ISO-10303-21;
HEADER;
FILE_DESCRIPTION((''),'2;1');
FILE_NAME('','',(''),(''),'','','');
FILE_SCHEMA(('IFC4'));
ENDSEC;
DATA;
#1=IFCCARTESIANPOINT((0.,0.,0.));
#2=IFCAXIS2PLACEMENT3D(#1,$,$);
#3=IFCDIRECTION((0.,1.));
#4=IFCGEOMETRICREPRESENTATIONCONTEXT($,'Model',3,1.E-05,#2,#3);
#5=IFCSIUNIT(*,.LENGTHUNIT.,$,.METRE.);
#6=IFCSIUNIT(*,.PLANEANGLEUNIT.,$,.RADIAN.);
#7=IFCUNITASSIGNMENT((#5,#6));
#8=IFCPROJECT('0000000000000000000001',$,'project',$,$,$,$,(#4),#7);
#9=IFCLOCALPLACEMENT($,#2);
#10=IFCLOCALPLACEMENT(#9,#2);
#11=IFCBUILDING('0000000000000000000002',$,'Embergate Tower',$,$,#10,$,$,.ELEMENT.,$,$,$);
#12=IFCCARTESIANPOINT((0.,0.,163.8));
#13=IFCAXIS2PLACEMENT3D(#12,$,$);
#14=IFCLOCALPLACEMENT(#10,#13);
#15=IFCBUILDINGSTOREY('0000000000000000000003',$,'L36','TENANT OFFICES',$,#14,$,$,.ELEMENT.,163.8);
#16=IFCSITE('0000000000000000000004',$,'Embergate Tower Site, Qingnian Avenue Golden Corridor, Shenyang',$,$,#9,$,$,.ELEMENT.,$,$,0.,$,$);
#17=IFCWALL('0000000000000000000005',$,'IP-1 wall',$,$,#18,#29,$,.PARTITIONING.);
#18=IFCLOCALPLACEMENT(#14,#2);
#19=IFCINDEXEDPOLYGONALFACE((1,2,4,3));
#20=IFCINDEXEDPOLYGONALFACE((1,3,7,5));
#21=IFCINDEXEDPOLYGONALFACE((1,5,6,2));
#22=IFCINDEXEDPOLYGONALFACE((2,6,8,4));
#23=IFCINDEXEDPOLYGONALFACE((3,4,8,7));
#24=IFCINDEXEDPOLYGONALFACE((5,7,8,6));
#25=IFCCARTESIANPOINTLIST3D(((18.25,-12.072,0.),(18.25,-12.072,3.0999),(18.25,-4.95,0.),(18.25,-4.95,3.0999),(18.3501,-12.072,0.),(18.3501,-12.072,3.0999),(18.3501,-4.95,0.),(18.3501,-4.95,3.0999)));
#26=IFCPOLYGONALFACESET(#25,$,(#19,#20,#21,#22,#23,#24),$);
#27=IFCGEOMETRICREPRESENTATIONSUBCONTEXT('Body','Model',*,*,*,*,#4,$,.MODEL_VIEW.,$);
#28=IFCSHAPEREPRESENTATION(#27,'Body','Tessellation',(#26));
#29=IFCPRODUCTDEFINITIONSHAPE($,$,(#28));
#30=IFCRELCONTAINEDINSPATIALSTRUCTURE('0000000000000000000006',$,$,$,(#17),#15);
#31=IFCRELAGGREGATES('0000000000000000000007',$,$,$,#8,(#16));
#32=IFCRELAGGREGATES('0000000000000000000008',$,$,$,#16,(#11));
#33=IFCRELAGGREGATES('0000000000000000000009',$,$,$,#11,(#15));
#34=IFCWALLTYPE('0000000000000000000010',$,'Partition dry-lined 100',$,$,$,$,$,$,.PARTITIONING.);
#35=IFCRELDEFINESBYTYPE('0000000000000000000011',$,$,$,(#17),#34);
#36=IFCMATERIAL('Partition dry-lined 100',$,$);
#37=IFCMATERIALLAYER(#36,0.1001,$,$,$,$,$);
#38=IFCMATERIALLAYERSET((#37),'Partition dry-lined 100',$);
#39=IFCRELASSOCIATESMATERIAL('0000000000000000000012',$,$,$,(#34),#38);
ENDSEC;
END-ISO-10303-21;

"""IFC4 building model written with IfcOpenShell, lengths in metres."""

from ifc_helpers import new_model, si_unit, direction, frame, frame_2d, origin, place, context, subcontext, project, spatial, rectangle, extrude, source, transform, mapped, material, layer, layer_set, type_object, element, save


model = new_model("IFC4")

# Units and contexts
model_context = context("Model", 3, precision=1e-05, world=origin(), true_north=direction((0.0, 1.0)))
body_context = subcontext(model_context, "Body", "Model", "MODEL_VIEW")
ifc_project = project(units=[si_unit("LENGTHUNIT", "METRE"), si_unit("PLANEANGLEUNIT", "RADIAN")], contexts=[model_context])

# Site, building, storey
site_placement = place(None, origin())
site = spatial("IfcSite", under=ifc_project, at=site_placement, Name="Embergate Tower Site, Qingnian Avenue Golden Corridor, Shenyang", CompositionType="ELEMENT", RefElevation=0.0)
building_placement = place(site_placement, origin())
building = spatial("IfcBuilding", under=site, at=building_placement, Name="Embergate Tower", CompositionType="ELEMENT")
storey_placement = place(building_placement, frame((0.0, 0.0, 163.8)))
storey = spatial("IfcBuildingStorey", under=building, at=storey_placement, Name="L36", Description="TENANT OFFICES", CompositionType="ELEMENT", Elevation=163.8)

# Shared definitions
ifc_material_1 = material(Name="Partition dry-lined 100")
ifc_layer_1 = layer(ifc_material_1, 0.1001)
ifc_layer_set_1 = layer_set([ifc_layer_1], Name="Partition dry-lined 100")
wall_type_1 = type_object("IfcWallType", Name="Partition dry-lined 100", PredefinedType="PARTITIONING", material=ifc_layer_set_1)

# Wall
shared_shape_1 = source(origin(), body_context, "Body", "SweptSolid", [
    extrude(rectangle(XDim=7.1221, YDim=0.1001, at=frame_2d((3.561, 0.0))), origin(), (0.0, 0.0, 1.0), 3.0999),
])
wall_1_placement = place(storey_placement, frame((18.3, -4.95, 0.0), z_axis=(0.0, 0.0, 1.0), x_axis=(0.0, -1.0, 0.0)))
element("IfcWall", 1, at=wall_1_placement, inside=storey, type_object=wall_type_1, Name="IP-1 wall", PredefinedType="PARTITIONING", context=body_context, shape_type="MappedRepresentation", body=[
    mapped(shared_shape_1, transform((0.0, 0.0, 0.0))),
])

save(model, "model.ifc")
